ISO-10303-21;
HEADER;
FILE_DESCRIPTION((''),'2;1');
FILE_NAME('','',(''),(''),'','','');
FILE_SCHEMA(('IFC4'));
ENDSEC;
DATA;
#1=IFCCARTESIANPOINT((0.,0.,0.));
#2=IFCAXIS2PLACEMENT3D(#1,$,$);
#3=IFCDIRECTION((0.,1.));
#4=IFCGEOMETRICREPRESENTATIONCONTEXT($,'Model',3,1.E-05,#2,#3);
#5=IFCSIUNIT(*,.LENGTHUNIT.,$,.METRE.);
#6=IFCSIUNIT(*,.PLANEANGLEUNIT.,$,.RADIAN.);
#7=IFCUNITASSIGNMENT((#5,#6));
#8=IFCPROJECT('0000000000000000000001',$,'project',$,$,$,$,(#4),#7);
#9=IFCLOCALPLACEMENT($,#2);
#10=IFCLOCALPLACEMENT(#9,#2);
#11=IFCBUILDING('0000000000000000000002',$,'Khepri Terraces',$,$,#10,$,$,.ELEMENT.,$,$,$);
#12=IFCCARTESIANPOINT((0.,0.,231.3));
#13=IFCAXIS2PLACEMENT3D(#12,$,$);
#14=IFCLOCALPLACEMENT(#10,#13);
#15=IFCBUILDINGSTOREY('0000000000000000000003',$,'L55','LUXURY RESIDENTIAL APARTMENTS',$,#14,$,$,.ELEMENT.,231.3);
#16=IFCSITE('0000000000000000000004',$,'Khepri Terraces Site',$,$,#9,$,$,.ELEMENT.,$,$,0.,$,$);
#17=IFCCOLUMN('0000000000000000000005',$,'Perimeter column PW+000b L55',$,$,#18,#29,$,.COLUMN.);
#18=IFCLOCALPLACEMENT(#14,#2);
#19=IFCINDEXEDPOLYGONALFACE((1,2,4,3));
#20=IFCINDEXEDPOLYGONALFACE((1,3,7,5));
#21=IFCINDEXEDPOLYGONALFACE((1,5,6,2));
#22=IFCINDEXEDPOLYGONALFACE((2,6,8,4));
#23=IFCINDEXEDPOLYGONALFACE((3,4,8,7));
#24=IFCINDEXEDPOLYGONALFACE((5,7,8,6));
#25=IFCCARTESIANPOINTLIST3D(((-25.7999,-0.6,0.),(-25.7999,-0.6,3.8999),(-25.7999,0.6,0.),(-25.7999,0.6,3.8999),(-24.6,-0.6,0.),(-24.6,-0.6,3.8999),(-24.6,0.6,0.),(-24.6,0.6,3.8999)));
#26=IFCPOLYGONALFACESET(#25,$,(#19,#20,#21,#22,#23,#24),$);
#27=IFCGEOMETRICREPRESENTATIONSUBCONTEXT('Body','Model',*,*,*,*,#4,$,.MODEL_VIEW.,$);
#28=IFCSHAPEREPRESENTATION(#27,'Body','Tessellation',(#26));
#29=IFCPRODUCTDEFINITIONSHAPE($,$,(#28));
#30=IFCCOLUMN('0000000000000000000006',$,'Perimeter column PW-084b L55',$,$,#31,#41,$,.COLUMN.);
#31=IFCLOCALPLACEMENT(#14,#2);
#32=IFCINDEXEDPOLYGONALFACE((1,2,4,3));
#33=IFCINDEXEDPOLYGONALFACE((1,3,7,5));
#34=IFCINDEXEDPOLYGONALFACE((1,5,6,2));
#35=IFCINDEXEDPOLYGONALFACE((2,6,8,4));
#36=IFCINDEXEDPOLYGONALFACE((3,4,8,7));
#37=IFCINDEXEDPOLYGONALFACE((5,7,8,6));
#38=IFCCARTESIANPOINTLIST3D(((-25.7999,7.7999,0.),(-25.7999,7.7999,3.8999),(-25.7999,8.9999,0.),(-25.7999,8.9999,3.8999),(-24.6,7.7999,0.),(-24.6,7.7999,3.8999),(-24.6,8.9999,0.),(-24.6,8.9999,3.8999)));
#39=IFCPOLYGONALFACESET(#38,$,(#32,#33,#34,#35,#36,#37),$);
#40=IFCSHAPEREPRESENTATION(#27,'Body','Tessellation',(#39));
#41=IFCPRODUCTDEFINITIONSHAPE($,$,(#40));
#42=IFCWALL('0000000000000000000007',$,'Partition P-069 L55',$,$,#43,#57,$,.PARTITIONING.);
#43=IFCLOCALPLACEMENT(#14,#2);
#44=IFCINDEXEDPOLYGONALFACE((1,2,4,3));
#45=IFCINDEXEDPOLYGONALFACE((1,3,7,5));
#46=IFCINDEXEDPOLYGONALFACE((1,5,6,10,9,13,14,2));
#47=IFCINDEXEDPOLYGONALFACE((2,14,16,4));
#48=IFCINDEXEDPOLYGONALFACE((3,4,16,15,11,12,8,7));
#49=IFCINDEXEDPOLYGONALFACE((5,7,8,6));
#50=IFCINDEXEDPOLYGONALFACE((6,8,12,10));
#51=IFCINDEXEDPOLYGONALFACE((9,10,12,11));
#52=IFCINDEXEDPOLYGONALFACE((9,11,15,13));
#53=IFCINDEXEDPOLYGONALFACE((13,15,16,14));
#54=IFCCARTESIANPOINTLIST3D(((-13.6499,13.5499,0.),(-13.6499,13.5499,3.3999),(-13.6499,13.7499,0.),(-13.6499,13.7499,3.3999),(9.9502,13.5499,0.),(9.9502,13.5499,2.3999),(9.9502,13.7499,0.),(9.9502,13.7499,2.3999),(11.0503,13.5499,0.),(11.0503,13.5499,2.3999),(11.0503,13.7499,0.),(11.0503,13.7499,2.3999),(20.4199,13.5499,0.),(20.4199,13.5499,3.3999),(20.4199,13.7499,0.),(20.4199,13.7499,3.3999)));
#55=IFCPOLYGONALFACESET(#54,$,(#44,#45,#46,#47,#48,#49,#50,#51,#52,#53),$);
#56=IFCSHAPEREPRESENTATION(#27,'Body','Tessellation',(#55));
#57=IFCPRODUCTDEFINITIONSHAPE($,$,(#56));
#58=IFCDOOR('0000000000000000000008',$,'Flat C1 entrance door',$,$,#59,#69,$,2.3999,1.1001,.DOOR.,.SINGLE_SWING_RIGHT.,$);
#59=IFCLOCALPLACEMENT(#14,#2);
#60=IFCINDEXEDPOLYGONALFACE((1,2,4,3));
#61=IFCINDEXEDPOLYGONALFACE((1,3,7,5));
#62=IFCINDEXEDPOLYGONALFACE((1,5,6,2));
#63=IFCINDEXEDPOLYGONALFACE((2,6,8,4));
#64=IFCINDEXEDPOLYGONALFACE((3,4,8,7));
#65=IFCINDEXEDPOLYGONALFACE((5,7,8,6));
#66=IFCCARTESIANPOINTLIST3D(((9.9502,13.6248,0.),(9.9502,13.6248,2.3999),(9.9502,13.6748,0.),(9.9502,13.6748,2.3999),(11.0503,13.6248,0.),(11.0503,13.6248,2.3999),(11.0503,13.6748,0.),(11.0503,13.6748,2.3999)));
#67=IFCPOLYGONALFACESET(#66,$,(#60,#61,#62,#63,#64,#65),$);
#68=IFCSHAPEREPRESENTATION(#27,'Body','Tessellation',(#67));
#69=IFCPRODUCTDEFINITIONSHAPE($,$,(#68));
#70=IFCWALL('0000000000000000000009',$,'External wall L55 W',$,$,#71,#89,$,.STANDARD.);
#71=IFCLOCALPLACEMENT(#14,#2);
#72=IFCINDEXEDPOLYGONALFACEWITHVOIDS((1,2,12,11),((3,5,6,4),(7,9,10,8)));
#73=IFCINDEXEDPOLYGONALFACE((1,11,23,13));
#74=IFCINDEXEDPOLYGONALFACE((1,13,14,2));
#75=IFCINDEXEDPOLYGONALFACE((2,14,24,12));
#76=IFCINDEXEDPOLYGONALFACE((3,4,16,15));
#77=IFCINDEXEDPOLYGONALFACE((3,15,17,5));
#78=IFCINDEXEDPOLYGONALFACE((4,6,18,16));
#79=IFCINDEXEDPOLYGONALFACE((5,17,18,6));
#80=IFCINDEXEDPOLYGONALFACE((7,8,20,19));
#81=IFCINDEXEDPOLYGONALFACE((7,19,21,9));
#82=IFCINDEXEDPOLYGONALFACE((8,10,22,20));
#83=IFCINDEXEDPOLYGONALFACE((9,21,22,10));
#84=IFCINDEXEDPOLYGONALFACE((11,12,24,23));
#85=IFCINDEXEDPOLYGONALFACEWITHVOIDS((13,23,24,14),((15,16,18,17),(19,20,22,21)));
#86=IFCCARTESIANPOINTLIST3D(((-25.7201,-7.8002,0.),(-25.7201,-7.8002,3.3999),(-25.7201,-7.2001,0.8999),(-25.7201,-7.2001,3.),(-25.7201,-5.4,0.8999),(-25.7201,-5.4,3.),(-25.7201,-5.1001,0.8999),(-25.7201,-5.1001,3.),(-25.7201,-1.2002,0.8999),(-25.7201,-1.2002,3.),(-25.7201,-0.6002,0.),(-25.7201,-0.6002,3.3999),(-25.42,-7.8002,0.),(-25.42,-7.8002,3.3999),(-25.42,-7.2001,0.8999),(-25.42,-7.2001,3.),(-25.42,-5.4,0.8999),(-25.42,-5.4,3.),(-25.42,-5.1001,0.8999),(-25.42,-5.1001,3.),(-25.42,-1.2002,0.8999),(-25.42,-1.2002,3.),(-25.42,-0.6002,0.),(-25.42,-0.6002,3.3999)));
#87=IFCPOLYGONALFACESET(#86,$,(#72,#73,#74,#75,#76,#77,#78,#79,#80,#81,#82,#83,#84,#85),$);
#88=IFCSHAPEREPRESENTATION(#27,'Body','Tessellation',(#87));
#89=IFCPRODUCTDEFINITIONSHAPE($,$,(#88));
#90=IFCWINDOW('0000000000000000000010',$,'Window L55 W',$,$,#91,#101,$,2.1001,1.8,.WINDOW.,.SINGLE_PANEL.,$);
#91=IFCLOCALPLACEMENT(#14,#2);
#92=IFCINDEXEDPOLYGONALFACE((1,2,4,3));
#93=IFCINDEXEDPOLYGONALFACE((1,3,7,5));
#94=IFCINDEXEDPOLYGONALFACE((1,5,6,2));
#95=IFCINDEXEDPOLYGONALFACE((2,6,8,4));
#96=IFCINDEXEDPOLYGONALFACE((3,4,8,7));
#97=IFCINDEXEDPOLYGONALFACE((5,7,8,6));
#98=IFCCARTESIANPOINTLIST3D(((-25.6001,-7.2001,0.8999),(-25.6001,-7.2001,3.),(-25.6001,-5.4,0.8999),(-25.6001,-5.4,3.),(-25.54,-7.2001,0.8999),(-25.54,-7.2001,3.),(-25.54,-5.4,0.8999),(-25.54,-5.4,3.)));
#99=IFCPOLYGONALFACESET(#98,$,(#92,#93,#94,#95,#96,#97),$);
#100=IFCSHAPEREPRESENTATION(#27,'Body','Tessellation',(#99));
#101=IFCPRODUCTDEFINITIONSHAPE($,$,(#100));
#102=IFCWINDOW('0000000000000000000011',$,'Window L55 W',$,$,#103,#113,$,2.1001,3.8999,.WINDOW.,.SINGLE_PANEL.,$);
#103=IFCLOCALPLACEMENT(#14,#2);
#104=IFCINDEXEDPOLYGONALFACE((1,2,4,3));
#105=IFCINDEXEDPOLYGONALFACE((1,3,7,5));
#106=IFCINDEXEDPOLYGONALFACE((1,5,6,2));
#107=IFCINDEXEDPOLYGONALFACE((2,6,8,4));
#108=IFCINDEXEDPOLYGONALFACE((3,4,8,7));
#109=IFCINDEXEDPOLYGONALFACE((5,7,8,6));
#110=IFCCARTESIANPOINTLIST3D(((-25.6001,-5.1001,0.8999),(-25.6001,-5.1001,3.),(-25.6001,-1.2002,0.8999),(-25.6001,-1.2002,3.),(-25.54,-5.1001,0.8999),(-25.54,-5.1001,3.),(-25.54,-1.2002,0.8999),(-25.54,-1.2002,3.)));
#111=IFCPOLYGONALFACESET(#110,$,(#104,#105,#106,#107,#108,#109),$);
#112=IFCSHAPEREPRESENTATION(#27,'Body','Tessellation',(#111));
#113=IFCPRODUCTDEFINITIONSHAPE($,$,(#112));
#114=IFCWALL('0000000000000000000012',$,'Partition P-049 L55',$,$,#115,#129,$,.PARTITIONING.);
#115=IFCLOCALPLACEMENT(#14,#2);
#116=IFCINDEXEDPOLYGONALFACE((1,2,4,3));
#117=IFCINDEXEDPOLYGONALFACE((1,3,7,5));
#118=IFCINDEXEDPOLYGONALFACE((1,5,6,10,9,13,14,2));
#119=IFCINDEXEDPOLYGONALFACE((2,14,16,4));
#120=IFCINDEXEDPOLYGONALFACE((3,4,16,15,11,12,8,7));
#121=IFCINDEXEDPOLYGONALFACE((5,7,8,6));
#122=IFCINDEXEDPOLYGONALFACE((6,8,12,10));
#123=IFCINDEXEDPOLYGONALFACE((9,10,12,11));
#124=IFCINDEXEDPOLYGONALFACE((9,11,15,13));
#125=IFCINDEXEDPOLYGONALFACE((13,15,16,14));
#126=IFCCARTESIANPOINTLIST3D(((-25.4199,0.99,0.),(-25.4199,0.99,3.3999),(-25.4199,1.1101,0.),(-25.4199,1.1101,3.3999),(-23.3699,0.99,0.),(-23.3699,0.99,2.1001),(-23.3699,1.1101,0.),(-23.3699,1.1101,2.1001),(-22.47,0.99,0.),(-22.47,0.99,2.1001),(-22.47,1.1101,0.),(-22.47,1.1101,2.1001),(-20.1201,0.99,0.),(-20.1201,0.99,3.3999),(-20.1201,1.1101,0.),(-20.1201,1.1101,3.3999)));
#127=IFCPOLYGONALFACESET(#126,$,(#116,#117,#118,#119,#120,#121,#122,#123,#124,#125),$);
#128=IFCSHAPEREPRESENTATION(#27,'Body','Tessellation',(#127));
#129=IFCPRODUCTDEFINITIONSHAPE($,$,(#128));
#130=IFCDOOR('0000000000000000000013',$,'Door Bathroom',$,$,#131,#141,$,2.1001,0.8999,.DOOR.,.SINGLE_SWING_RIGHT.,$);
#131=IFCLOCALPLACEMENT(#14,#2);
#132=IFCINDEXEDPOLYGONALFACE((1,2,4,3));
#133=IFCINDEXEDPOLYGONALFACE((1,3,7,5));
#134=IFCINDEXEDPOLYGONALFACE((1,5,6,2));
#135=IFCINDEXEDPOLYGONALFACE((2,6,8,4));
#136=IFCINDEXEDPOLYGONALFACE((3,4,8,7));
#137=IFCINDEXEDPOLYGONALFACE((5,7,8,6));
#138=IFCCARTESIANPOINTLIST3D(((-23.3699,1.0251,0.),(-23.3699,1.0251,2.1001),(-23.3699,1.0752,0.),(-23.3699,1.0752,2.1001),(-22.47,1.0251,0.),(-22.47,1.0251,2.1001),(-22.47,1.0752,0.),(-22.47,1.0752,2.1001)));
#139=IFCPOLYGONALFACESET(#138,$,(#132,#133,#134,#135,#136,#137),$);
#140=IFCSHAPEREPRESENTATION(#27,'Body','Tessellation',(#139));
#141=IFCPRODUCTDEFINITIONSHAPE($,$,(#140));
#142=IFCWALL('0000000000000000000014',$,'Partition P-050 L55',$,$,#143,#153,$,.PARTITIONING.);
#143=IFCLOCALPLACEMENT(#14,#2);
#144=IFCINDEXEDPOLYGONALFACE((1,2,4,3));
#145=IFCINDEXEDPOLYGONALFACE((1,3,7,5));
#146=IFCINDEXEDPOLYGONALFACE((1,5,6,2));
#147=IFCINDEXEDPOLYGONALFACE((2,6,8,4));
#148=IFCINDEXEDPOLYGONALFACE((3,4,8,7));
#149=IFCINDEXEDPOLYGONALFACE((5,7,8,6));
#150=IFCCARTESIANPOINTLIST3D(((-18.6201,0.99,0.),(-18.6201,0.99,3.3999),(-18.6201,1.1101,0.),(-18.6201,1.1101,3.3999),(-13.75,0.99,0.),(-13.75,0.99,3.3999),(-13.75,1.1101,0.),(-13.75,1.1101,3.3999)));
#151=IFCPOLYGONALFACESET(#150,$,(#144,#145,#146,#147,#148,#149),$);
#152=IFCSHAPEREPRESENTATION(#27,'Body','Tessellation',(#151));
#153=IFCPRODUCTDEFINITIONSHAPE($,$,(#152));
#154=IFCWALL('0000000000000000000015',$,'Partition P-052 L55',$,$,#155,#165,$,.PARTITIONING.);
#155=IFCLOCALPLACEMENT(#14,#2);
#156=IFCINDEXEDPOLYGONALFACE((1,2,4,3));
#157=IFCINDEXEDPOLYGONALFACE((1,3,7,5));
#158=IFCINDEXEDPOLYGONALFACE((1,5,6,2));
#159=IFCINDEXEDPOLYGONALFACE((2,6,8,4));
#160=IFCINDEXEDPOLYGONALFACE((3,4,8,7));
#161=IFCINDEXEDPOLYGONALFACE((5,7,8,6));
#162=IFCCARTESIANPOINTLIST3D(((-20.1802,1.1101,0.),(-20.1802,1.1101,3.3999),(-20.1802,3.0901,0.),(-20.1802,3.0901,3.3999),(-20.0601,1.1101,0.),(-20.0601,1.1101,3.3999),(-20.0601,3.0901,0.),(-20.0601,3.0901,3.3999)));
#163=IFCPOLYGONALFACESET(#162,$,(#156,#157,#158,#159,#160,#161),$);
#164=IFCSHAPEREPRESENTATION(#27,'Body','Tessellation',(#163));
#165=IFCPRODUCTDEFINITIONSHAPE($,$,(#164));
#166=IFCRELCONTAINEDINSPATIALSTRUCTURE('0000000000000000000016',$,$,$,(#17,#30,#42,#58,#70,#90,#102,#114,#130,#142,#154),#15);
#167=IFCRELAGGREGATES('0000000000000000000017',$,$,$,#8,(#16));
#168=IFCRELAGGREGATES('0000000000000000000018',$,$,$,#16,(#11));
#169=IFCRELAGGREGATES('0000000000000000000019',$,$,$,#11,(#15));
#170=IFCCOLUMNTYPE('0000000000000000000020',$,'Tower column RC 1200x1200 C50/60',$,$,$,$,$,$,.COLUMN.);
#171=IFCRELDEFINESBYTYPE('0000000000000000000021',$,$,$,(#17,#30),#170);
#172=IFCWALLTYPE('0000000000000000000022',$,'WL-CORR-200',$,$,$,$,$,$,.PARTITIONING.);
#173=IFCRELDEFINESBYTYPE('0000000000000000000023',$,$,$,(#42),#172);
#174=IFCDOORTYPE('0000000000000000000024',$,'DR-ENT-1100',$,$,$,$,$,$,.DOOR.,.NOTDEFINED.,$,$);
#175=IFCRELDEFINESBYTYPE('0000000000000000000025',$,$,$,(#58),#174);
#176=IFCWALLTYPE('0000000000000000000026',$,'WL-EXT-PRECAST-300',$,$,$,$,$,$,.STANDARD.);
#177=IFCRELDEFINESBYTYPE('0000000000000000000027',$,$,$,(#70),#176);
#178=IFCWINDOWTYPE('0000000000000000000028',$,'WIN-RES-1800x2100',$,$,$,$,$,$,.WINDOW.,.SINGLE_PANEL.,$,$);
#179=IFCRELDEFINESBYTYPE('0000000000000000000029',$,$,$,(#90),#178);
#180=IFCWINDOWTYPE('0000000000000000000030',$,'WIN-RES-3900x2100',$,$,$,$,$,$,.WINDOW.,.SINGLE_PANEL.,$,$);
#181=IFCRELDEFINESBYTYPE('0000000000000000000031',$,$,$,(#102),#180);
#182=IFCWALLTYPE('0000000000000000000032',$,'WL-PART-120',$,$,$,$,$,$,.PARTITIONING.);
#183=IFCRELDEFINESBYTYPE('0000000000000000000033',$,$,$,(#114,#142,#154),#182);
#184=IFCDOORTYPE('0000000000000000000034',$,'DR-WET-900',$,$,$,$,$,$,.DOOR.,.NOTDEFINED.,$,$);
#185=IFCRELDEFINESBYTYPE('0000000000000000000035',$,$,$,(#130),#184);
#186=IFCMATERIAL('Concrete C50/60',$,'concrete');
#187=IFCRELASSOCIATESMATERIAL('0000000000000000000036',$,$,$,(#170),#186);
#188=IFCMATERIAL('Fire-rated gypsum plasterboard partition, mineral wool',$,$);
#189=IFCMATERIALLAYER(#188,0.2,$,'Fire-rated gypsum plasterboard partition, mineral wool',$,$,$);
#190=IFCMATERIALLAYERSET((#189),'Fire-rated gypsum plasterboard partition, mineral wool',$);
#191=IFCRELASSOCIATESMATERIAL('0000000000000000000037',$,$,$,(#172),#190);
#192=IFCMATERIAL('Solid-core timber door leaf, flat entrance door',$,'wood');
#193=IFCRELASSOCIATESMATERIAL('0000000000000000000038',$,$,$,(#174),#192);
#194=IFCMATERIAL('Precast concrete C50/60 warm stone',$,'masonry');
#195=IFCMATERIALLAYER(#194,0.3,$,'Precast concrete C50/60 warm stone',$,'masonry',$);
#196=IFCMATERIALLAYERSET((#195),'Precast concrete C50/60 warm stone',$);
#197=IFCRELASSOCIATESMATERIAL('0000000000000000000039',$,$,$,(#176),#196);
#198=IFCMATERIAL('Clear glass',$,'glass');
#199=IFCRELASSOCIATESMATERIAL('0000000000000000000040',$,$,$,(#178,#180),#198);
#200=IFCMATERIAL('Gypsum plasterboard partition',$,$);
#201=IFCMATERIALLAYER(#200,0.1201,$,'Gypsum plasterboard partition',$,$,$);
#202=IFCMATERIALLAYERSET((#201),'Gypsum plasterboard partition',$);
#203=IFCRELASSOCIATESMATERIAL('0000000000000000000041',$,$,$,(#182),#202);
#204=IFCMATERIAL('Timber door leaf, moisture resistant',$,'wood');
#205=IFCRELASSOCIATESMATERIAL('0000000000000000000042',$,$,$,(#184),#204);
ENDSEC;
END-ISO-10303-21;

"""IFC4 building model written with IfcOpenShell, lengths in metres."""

from ifc_helpers import new_model, si_unit, direction, frame, frame_2d, origin, origin_2d, place, context, subcontext, project, spatial, rectangle, extrude, material, layer, layer_set, material_profile, profile_set, type_object, element, fill, save


model = new_model("IFC4")

# Units and contexts
model_context = context("Model", 3, precision=1e-05, world=origin(), true_north=direction((0.0, 1.0)))
body_context = subcontext(model_context, "Body", "Model", "MODEL_VIEW")
ifc_project = project(units=[si_unit("LENGTHUNIT", "METRE"), si_unit("PLANEANGLEUNIT", "RADIAN")], contexts=[model_context])

# Site, building, storey
site_placement = place(None, origin())
site = spatial("IfcSite", under=ifc_project, at=site_placement, Name="Khepri Terraces Site", CompositionType="ELEMENT", RefElevation=0.0)
building_placement = place(site_placement, origin())
building = spatial("IfcBuilding", under=site, at=building_placement, Name="Khepri Terraces", CompositionType="ELEMENT")
storey_placement = place(building_placement, frame((0.0, 0.0, 231.3)))
storey = spatial("IfcBuildingStorey", under=building, at=storey_placement, Name="L55", Description="LUXURY RESIDENTIAL APARTMENTS", CompositionType="ELEMENT", Elevation=231.3)

# Columns
ifc_material_1 = material(Name="Concrete C50/60", Category="concrete")
ifc_material_profile = material_profile(ifc_material_1, rectangle(XDim=1.2, YDim=1.2, at=origin_2d()), Name="Concrete C50/60", Category="concrete")
ifc_profile_set = profile_set([ifc_material_profile], Name="Concrete C50/60")
column_type = type_object("IfcColumnType", Name="Tower column RC 1200x1200 C50/60", PredefinedType="COLUMN", material=ifc_profile_set)
for number, where, z_axis, x_axis, name in (
    (1, (-25.2, 0.0, 0.0), (0.0, 0.0, 1.0), (1.0, 0.0, 0.0), "Perimeter column PW+000b L55"),
    (2, (-25.2, 8.3999, 0.0), (0.0, 0.0, 1.0), (1.0, 0.0, 0.0), "Perimeter column PW-084b L55"),
):
    element("IfcColumn", number, at=place(storey_placement, frame(where, z_axis=z_axis, x_axis=x_axis)), inside=storey, type_object=column_type, Name=name, PredefinedType="COLUMN", context=body_context, shape_type="SweptSolid", body=[
        extrude(rectangle(XDim=1.2, YDim=1.2, at=origin_2d()), origin(), (0.0, 0.0, 1.0), 3.8999),
    ])

# Wall, opening, door
ifc_material_2 = material(Name="Fire-rated gypsum plasterboard partition, mineral wool")
ifc_layer_1 = layer(ifc_material_2, 0.2, Name="Fire-rated gypsum plasterboard partition, mineral wool")
ifc_layer_set_1 = layer_set([ifc_layer_1], Name="Fire-rated gypsum plasterboard partition, mineral wool")
wall_type_1 = type_object("IfcWallType", Name="WL-CORR-200", PredefinedType="PARTITIONING", material=ifc_layer_set_1)
wall_1_placement = place(storey_placement, frame((-13.6499, 13.6499, 0.0), z_axis=(0.0, 0.0, 1.0), x_axis=(1.0, 0.0, 0.0)))
wall_1 = element("IfcWall", 3, at=wall_1_placement, inside=storey, type_object=wall_type_1, Name="Partition P-069 L55", PredefinedType="PARTITIONING", context=body_context, shape_type="SweptSolid", body=[
    extrude(rectangle(XDim=34.0698, YDim=0.2, at=frame_2d((17.0349, 0.0))), origin(), (0.0, 0.0, 1.0), 3.3999),
])
opening_1_placement = place(wall_1_placement, frame((23.6001, 0.0, 0.0)))
opening_1 = element("IfcOpeningElement", 4, at=opening_1_placement, cuts=wall_1, PredefinedType="OPENING", context=body_context, shape_type="SweptSolid", body=[
    extrude(rectangle(XDim=1.1001, YDim=2.3999, at=frame_2d((0.55, 1.2))), frame((0.0, 0.1099, 0.0), z_axis=(0.0, -1.0, 0.0), x_axis=(1.0, 0.0, 0.0)), (0.0, 0.0, 1.0), 0.22),
])
ifc_material_3 = material(Name="Solid-core timber door leaf, flat entrance door", Category="wood")
door_type_1 = type_object("IfcDoorType", Name="DR-ENT-1100", OperationType="NOTDEFINED", PredefinedType="DOOR", material=ifc_material_3)
door_1_placement = place(opening_1_placement, origin())
door_1 = element("IfcDoor", 5, at=door_1_placement, inside=storey, type_object=door_type_1, Name="Flat C1 entrance door", OperationType="SINGLE_SWING_RIGHT", OverallHeight=2.3999, OverallWidth=1.1001, PredefinedType="DOOR", context=body_context, shape_type="SweptSolid", body=[
    extrude(rectangle(XDim=1.1001, YDim=2.3999, at=frame_2d((0.55, 1.2))), frame((0.0, 0.0249, 0.0), z_axis=(0.0, -1.0, 0.0), x_axis=(1.0, 0.0, 0.0)), (0.0, 0.0, 1.0), 0.05),
])
fill(opening_1, door_1)

# Shared definitions
ifc_material_4 = material(Name="Precast concrete C50/60 warm stone", Category="masonry")
ifc_layer_2 = layer(ifc_material_4, 0.3, Name="Precast concrete C50/60 warm stone", Category="masonry")
ifc_layer_set_2 = layer_set([ifc_layer_2], Name="Precast concrete C50/60 warm stone")
wall_type_2 = type_object("IfcWallType", Name="WL-EXT-PRECAST-300", PredefinedType="STANDARD", material=ifc_layer_set_2)
ifc_material_5 = material(Name="Clear glass", Category="glass")
window_type_1 = type_object("IfcWindowType", Name="WIN-RES-1800x2100", PartitioningType="SINGLE_PANEL", PredefinedType="WINDOW", material=ifc_material_5)

# Wall, openings, windows
wall_2_placement = place(storey_placement, frame((-25.5701, -0.6001, 0.0), z_axis=(0.0, 0.0, 1.0), x_axis=(0.0, -1.0, 0.0)))
wall_2 = element("IfcWall", 6, at=wall_2_placement, inside=storey, type_object=wall_type_2, Name="External wall L55 W", PredefinedType="STANDARD", context=body_context, shape_type="SweptSolid", body=[
    extrude(rectangle(XDim=7.2, YDim=0.3, at=frame_2d((3.6001, 0.0))), origin(), (0.0, 0.0, 1.0), 3.3999),
])
opening_2_placement = place(wall_2_placement, frame((0.6001, 0.0, 0.8999)))
opening_2 = element("IfcOpeningElement", 7, at=opening_2_placement, cuts=wall_2, PredefinedType="OPENING", context=body_context, shape_type="SweptSolid", body=[
    extrude(rectangle(XDim=3.8999, YDim=2.1001, at=frame_2d((1.95, 1.05))), frame((0.0, 0.1602, 0.0), z_axis=(0.0, -1.0, 0.0), x_axis=(1.0, 0.0, 0.0)), (0.0, 0.0, 1.0), 0.3201),
])
opening_3_placement = place(wall_2_placement, frame((4.8, 0.0, 0.8999)))
opening_3 = element("IfcOpeningElement", 8, at=opening_3_placement, cuts=wall_2, PredefinedType="OPENING", context=body_context, shape_type="SweptSolid", body=[
    extrude(rectangle(XDim=1.8, YDim=2.1001, at=frame_2d((0.8999, 1.05))), frame((0.0, 0.1602, 0.0), z_axis=(0.0, -1.0, 0.0), x_axis=(1.0, 0.0, 0.0)), (0.0, 0.0, 1.0), 0.3201),
])
window_1_placement = place(opening_3_placement, origin())
window_1 = element("IfcWindow", 9, at=window_1_placement, inside=storey, type_object=window_type_1, Name="Window L55 W", OverallHeight=2.1001, OverallWidth=1.8, PartitioningType="SINGLE_PANEL", PredefinedType="WINDOW", context=body_context, shape_type="SweptSolid", body=[
    extrude(rectangle(XDim=1.8, YDim=2.1001, at=frame_2d((0.8999, 1.05))), frame((0.0, 0.03, 0.0), z_axis=(0.0, -1.0, 0.0), x_axis=(1.0, 0.0, 0.0)), (0.0, 0.0, 1.0), 0.0601),
])
fill(opening_3, window_1)
window_type_2 = type_object("IfcWindowType", Name="WIN-RES-3900x2100", PartitioningType="SINGLE_PANEL", PredefinedType="WINDOW", material=ifc_material_5)
window_2_placement = place(opening_2_placement, origin())
window_2 = element("IfcWindow", 10, at=window_2_placement, inside=storey, type_object=window_type_2, Name="Window L55 W", OverallHeight=2.1001, OverallWidth=3.8999, PartitioningType="SINGLE_PANEL", PredefinedType="WINDOW", context=body_context, shape_type="SweptSolid", body=[
    extrude(rectangle(XDim=3.8999, YDim=2.1001, at=frame_2d((1.95, 1.05))), frame((0.0, 0.03, 0.0), z_axis=(0.0, -1.0, 0.0), x_axis=(1.0, 0.0, 0.0)), (0.0, 0.0, 1.0), 0.0601),
])
fill(opening_2, window_2)

# Wall, opening, door
ifc_material_6 = material(Name="Gypsum plasterboard partition")
ifc_layer_3 = layer(ifc_material_6, 0.1201, Name="Gypsum plasterboard partition")
ifc_layer_set_3 = layer_set([ifc_layer_3], Name="Gypsum plasterboard partition")
wall_type_3 = type_object("IfcWallType", Name="WL-PART-120", PredefinedType="PARTITIONING", material=ifc_layer_set_3)
wall_3_placement = place(storey_placement, frame((-25.4199, 1.05, 0.0), z_axis=(0.0, 0.0, 1.0), x_axis=(1.0, 0.0, 0.0)))
wall_3 = element("IfcWall", 11, at=wall_3_placement, inside=storey, type_object=wall_type_3, Name="Partition P-049 L55", PredefinedType="PARTITIONING", context=body_context, shape_type="SweptSolid", body=[
    extrude(rectangle(XDim=5.2998, YDim=0.1201, at=frame_2d((2.6499, 0.0))), origin(), (0.0, 0.0, 1.0), 3.3999),
])
opening_4_placement = place(wall_3_placement, frame((2.05, 0.0, 0.0)))
opening_4 = element("IfcOpeningElement", 12, at=opening_4_placement, cuts=wall_3, PredefinedType="OPENING", context=body_context, shape_type="SweptSolid", body=[
    extrude(rectangle(XDim=0.8999, YDim=2.1001, at=frame_2d((0.45, 1.05))), frame((0.0, 0.0701, 0.0), z_axis=(0.0, -1.0, 0.0), x_axis=(1.0, 0.0, 0.0)), (0.0, 0.0, 1.0), 0.1401),
])
ifc_material_7 = material(Name="Timber door leaf, moisture resistant", Category="wood")
door_type_2 = type_object("IfcDoorType", Name="DR-WET-900", OperationType="NOTDEFINED", PredefinedType="DOOR", material=ifc_material_7)
door_2_placement = place(opening_4_placement, frame((0.8999, 0.0, 0.0), z_axis=(0.0, 0.0, 1.0), x_axis=(-1.0, 0.0, 0.0)))
door_2 = element("IfcDoor", 13, at=door_2_placement, inside=storey, type_object=door_type_2, Name="Door Bathroom", OperationType="SINGLE_SWING_RIGHT", OverallHeight=2.1001, OverallWidth=0.8999, PredefinedType="DOOR", context=body_context, shape_type="SweptSolid", body=[
    extrude(rectangle(XDim=0.8999, YDim=2.1001, at=frame_2d((0.45, 1.05))), frame((0.0, 0.0249, 0.0), z_axis=(0.0, -1.0, 0.0), x_axis=(1.0, 0.0, 0.0)), (0.0, 0.0, 1.0), 0.05),
])
fill(opening_4, door_2)

# Walls
wall_4_placement = place(storey_placement, frame((-18.6201, 1.05, 0.0), z_axis=(0.0, 0.0, 1.0), x_axis=(1.0, 0.0, 0.0)))
element("IfcWall", 14, at=wall_4_placement, inside=storey, type_object=wall_type_3, Name="Partition P-050 L55", PredefinedType="PARTITIONING", context=body_context, shape_type="SweptSolid", body=[
    extrude(rectangle(XDim=4.8701, YDim=0.1201, at=frame_2d((2.4351, 0.0))), origin(), (0.0, 0.0, 1.0), 3.3999),
])
wall_5_placement = place(storey_placement, frame((-20.1201, 1.1101, 0.0), z_axis=(0.0, 0.0, 1.0), x_axis=(0.0, 1.0, 0.0)))
element("IfcWall", 15, at=wall_5_placement, inside=storey, type_object=wall_type_3, Name="Partition P-052 L55", PredefinedType="PARTITIONING", context=body_context, shape_type="SweptSolid", body=[
    extrude(rectangle(XDim=1.98, YDim=0.1201, at=frame_2d((0.99, 0.0))), origin(), (0.0, 0.0, 1.0), 3.3999),
])

save(model, "model.ifc")
